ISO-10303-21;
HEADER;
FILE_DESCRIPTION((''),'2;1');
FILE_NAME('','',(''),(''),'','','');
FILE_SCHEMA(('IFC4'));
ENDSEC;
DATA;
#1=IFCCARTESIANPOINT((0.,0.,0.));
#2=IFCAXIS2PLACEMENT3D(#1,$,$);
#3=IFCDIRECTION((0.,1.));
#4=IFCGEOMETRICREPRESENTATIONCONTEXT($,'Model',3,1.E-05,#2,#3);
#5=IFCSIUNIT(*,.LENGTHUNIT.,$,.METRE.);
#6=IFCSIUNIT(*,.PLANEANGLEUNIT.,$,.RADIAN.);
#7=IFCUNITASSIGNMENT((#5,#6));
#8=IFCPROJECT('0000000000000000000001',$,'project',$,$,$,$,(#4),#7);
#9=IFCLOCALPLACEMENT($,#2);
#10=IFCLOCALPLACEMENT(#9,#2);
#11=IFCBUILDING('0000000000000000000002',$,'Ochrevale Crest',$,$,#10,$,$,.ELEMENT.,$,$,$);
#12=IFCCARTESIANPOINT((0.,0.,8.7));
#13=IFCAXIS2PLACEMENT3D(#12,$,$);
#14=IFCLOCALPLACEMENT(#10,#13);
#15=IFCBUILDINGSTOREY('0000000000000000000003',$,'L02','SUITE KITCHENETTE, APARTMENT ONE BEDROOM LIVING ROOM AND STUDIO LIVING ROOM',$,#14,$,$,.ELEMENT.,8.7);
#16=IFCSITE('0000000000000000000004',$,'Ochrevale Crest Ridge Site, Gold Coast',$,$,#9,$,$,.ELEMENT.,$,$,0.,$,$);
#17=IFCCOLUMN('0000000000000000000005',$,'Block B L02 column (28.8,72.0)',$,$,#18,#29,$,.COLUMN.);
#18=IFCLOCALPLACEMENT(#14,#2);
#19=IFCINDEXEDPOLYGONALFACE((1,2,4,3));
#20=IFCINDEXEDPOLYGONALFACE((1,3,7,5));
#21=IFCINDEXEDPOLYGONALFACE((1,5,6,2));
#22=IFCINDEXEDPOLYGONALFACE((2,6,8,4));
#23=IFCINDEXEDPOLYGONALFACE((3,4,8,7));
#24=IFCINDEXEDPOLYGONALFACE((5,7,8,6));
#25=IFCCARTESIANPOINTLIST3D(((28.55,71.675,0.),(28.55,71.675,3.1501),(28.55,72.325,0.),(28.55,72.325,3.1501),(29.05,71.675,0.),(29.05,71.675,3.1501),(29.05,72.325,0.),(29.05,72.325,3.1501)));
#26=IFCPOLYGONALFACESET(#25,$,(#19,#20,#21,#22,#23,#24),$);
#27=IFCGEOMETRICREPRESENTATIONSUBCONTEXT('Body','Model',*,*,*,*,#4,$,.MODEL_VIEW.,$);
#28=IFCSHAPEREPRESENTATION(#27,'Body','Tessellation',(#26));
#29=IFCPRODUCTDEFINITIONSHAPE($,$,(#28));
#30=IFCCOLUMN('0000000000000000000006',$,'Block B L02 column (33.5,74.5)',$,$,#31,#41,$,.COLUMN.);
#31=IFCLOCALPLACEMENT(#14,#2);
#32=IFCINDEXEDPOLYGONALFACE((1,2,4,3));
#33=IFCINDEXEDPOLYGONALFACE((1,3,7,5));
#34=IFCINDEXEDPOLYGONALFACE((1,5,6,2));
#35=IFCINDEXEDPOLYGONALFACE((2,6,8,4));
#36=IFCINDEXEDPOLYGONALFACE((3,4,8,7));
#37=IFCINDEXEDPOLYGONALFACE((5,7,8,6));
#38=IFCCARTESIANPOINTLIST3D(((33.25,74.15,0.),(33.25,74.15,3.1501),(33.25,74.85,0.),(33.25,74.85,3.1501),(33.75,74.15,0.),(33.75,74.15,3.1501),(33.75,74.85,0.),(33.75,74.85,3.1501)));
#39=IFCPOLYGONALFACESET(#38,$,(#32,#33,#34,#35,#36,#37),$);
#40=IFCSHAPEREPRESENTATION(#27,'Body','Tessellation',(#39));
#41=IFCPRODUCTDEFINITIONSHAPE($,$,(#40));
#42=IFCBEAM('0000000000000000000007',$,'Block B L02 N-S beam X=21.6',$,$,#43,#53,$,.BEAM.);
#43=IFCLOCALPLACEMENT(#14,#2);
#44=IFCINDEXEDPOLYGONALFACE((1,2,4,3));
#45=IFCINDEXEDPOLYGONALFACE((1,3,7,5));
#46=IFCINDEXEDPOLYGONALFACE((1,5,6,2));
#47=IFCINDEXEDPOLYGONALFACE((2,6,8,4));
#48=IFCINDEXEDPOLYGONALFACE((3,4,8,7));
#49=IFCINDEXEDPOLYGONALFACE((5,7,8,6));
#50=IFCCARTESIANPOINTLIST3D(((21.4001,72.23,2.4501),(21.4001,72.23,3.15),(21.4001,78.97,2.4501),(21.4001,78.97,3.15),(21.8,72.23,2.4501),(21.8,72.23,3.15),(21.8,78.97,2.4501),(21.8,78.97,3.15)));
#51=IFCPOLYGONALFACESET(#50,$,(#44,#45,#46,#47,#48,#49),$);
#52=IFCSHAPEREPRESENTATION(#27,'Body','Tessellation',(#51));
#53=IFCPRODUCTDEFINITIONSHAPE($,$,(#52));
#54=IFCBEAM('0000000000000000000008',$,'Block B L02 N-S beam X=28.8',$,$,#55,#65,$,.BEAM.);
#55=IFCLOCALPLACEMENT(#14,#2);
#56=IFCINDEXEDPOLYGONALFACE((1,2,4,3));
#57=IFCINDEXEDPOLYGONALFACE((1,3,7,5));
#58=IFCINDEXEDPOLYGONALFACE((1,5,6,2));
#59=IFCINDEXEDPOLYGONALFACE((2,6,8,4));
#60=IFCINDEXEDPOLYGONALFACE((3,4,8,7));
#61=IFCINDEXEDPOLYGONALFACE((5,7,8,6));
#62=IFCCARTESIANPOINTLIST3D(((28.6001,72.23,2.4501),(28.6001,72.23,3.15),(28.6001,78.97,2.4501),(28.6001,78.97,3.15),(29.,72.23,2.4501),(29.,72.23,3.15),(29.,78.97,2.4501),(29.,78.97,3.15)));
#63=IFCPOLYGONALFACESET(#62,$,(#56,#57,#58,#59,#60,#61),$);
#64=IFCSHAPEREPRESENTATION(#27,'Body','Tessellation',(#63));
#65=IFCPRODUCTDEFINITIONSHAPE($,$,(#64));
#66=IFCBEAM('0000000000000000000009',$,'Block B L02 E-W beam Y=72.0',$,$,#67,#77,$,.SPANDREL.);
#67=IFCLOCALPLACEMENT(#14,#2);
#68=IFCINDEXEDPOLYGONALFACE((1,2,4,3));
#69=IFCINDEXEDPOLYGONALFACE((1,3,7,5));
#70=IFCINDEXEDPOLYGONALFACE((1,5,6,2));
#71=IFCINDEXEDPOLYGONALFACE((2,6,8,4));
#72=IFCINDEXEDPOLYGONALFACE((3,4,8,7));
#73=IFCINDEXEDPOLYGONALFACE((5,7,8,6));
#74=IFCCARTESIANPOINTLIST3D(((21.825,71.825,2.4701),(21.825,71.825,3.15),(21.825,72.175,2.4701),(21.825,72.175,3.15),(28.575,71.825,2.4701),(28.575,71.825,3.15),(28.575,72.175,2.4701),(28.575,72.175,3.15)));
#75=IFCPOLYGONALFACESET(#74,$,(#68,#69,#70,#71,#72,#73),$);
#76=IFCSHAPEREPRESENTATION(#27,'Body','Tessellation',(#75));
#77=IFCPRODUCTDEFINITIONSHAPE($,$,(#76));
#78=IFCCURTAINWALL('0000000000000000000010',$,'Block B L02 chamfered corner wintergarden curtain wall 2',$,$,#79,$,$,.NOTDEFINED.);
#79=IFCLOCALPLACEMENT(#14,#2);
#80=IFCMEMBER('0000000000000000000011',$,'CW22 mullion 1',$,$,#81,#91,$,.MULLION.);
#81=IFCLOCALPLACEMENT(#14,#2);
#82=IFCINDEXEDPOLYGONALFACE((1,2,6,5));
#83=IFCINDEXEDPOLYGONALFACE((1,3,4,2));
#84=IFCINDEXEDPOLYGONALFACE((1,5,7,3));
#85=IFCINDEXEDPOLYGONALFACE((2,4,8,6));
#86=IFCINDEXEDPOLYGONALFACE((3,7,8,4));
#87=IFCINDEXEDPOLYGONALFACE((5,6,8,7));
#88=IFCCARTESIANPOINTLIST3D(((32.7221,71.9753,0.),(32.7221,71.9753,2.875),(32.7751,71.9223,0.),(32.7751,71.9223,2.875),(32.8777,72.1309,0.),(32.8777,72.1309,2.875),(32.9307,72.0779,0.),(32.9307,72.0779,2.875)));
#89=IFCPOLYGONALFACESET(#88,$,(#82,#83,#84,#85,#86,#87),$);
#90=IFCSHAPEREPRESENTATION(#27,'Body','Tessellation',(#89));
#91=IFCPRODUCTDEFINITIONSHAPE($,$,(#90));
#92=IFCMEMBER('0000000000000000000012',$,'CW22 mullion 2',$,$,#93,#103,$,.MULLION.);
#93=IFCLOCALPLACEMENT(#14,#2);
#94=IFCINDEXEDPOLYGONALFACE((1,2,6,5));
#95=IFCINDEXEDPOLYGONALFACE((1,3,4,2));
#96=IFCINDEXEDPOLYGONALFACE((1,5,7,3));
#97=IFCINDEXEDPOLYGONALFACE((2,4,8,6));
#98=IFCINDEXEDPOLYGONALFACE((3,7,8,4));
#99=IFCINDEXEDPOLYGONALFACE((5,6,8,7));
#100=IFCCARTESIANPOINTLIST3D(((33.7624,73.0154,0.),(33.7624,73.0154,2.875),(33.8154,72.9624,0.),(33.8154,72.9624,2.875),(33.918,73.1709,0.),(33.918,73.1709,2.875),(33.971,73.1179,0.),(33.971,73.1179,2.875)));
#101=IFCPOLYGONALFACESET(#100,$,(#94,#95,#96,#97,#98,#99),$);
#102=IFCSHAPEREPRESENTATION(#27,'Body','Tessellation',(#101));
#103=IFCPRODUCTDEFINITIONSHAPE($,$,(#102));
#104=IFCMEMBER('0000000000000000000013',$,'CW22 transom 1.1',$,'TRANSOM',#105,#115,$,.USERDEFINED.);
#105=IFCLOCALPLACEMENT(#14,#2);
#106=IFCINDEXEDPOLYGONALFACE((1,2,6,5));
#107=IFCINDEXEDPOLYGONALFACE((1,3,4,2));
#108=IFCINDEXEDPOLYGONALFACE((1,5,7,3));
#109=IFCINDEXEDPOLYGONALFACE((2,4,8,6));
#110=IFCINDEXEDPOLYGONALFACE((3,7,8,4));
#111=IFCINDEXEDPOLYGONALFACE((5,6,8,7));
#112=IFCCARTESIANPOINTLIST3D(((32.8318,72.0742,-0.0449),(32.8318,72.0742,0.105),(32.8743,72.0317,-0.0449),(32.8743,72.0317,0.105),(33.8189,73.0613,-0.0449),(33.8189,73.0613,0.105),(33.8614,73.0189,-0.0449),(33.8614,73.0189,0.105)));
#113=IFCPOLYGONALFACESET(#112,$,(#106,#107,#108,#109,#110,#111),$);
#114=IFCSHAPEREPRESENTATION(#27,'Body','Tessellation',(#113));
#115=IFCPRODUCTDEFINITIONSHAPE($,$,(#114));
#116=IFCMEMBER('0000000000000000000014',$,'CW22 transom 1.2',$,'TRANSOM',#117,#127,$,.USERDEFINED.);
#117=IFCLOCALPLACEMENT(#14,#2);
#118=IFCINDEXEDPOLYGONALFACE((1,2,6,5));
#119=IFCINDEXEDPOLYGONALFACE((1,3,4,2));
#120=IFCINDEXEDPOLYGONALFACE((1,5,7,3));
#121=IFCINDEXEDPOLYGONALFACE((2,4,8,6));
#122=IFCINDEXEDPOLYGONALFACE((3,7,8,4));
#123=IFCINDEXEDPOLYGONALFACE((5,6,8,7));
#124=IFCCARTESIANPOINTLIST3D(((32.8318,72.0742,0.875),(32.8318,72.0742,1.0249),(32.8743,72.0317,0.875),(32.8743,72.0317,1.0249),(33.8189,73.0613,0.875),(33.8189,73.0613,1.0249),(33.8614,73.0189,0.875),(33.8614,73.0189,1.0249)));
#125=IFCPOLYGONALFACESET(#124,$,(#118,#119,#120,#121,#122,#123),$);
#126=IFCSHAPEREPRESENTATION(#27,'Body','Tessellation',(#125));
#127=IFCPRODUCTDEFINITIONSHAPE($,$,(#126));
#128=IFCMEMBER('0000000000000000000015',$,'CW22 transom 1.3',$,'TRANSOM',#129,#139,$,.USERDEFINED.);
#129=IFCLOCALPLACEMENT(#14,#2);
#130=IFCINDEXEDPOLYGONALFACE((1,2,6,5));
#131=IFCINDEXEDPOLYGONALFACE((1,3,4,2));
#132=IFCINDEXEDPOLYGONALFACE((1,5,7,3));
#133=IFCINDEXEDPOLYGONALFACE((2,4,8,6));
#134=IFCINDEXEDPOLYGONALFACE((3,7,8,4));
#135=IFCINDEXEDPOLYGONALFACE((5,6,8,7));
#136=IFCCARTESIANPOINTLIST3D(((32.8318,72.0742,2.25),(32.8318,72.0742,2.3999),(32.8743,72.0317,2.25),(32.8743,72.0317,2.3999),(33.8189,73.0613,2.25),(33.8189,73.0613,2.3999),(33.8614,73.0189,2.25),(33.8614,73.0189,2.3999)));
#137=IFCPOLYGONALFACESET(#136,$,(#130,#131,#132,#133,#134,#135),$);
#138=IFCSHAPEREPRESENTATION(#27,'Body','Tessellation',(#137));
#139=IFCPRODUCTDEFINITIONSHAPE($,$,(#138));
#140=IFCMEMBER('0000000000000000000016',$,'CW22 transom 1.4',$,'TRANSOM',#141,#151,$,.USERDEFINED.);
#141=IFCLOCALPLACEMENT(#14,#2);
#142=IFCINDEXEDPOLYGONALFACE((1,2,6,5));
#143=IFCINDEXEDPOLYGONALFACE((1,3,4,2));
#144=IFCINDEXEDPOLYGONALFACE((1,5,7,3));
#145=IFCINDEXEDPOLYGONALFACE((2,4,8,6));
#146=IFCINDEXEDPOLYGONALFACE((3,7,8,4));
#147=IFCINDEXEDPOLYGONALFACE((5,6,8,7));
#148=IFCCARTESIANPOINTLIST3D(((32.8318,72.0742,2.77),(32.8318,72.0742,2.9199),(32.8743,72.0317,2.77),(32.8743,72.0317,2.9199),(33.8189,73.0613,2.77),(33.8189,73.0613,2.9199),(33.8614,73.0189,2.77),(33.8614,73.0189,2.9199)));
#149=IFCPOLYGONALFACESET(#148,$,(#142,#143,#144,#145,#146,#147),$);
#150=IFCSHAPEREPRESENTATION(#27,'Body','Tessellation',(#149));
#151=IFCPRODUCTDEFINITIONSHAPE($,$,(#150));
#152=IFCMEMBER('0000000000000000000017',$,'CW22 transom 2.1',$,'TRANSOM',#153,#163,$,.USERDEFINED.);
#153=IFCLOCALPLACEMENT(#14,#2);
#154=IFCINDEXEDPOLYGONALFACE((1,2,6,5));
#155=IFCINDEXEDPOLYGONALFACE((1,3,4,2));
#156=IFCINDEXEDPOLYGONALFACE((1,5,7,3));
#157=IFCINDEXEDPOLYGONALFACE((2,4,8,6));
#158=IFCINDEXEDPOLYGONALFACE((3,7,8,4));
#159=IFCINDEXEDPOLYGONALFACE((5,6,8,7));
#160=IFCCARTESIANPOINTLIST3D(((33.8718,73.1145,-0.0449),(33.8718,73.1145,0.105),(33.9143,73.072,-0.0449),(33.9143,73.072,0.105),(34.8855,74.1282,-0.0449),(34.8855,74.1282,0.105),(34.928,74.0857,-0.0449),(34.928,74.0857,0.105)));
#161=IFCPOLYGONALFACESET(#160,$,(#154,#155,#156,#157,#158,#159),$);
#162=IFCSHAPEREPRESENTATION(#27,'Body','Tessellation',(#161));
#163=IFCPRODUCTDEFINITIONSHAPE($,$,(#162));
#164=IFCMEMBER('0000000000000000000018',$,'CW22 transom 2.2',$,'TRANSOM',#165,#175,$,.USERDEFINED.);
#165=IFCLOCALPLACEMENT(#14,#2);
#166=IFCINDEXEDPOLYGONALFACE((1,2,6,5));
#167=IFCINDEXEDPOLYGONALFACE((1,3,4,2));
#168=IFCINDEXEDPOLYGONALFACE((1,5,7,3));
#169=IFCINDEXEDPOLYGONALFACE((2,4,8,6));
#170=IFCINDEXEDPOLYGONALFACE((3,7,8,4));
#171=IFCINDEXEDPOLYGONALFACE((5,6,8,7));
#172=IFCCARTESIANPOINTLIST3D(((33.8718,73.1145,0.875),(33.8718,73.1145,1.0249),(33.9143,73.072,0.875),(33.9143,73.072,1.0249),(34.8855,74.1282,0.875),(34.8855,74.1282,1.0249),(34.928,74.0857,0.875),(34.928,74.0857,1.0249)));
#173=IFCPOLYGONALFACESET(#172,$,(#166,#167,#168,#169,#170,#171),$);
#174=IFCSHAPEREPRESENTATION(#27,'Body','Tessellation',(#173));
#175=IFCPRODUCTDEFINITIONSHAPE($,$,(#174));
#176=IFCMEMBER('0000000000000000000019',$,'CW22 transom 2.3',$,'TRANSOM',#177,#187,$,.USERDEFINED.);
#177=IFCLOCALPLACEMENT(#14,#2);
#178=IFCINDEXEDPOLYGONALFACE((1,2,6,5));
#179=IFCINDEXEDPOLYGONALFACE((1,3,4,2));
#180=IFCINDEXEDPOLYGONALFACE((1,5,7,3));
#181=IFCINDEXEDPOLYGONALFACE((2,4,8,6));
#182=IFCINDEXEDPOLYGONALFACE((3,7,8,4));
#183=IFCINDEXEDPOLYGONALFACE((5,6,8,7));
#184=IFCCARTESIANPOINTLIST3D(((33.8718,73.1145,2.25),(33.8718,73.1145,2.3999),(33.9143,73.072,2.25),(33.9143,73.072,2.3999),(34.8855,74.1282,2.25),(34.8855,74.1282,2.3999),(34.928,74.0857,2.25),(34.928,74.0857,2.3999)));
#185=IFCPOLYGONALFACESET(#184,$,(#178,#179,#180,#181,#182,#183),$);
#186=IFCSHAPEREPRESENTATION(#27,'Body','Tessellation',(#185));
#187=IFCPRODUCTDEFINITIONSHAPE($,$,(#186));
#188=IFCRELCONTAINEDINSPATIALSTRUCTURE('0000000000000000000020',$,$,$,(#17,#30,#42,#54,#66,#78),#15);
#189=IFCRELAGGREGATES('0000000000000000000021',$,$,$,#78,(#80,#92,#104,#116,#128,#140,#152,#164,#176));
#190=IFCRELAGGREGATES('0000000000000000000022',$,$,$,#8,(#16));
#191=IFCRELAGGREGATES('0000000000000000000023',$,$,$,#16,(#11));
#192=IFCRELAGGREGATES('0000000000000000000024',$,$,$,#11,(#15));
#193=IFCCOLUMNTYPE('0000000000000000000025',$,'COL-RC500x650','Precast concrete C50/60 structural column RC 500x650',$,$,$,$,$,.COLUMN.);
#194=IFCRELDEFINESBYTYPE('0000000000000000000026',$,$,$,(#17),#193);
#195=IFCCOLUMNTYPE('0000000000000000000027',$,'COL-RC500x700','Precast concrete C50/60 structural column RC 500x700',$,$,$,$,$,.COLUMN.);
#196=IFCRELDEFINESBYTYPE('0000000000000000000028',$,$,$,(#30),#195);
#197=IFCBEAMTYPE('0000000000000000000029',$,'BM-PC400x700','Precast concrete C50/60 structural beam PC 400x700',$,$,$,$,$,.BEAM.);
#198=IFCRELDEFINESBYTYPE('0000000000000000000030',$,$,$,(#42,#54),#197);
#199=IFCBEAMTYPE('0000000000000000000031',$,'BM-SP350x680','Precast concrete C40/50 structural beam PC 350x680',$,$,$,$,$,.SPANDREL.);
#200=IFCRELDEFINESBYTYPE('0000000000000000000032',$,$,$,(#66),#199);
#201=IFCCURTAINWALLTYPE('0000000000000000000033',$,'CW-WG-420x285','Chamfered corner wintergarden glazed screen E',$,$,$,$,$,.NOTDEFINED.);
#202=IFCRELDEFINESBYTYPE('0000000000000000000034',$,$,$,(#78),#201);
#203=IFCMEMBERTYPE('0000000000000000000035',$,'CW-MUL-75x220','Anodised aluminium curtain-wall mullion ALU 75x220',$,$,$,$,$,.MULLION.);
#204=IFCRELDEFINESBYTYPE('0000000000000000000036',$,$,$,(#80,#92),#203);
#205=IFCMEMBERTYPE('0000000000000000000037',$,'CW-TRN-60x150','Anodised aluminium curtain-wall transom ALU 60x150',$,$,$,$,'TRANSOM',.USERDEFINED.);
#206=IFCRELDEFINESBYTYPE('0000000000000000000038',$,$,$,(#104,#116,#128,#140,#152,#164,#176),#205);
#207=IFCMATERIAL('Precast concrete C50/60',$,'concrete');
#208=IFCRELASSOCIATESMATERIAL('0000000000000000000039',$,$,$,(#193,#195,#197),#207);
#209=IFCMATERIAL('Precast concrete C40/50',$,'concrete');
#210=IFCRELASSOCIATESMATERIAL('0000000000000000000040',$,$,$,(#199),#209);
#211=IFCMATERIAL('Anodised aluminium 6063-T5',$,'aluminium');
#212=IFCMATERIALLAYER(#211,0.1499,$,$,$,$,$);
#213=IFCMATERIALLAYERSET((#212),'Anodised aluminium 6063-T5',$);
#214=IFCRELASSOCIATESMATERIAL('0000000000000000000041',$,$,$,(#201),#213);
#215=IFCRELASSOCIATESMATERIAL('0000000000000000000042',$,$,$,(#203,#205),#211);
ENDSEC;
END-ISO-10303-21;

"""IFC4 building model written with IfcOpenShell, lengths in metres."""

from ifc_helpers import new_model, si_unit, direction, frame, origin, origin_2d, place, context, subcontext, project, spatial, rectangle, extrude, material, layer, layer_set, material_profile, profile_set, type_object, element, aggregate, save


model = new_model("IFC4")

# Units and contexts
model_context = context("Model", 3, precision=1e-05, world=origin(), true_north=direction((0.0, 1.0)))
body_context = subcontext(model_context, "Body", "Model", "MODEL_VIEW")
ifc_project = project(units=[si_unit("LENGTHUNIT", "METRE"), si_unit("PLANEANGLEUNIT", "RADIAN")], contexts=[model_context])

# Site, building, storey
site_placement = place(None, origin())
site = spatial("IfcSite", under=ifc_project, at=site_placement, Name="Ochrevale Crest Ridge Site, Gold Coast", CompositionType="ELEMENT", RefElevation=0.0)
building_placement = place(site_placement, origin())
building = spatial("IfcBuilding", under=site, at=building_placement, Name="Ochrevale Crest", CompositionType="ELEMENT")
storey_placement = place(building_placement, frame((0.0, 0.0, 8.7)))
storey = spatial("IfcBuildingStorey", under=building, at=storey_placement, Name="L02", Description="SUITE KITCHENETTE, APARTMENT ONE BEDROOM LIVING ROOM AND STUDIO LIVING ROOM", CompositionType="ELEMENT", Elevation=8.7)

# Columns
ifc_material_1 = material(Name="Precast concrete C50/60", Category="concrete")
ifc_material_profile_1 = material_profile(ifc_material_1, rectangle(XDim=0.5, YDim=0.6499, at=origin_2d()), Name="RC 500x650")
ifc_profile_set_1 = profile_set([ifc_material_profile_1], Name="Precast concrete C50/60")
column_type_1 = type_object("IfcColumnType", Name="COL-RC500x650", Description="Precast concrete C50/60 structural column RC 500x650", PredefinedType="COLUMN", material=ifc_profile_set_1)
column_1_placement = place(storey_placement, frame((28.8, 72.0, 0.0), z_axis=(0.0, 0.0, 1.0), x_axis=(1.0, 0.0, 0.0)))
element("IfcColumn", 1, at=column_1_placement, inside=storey, type_object=column_type_1, Name="Block B L02 column (28.8,72.0)", PredefinedType="COLUMN", context=body_context, shape_type="SweptSolid", body=[
    extrude(rectangle(XDim=0.5, YDim=0.6499, at=origin_2d()), origin(), (0.0, 0.0, 1.0), 3.1501),
])
ifc_material_profile_2 = material_profile(ifc_material_1, rectangle(XDim=0.5, YDim=0.7, at=origin_2d()), Name="RC 500x700")
ifc_profile_set_2 = profile_set([ifc_material_profile_2], Name="Precast concrete C50/60")
column_type_2 = type_object("IfcColumnType", Name="COL-RC500x700", Description="Precast concrete C50/60 structural column RC 500x700", PredefinedType="COLUMN", material=ifc_profile_set_2)
column_2_placement = place(storey_placement, frame((33.5, 74.5, 0.0), z_axis=(0.0, 0.0, 1.0), x_axis=(1.0, 0.0, 0.0)))
element("IfcColumn", 2, at=column_2_placement, inside=storey, type_object=column_type_2, Name="Block B L02 column (33.5,74.5)", PredefinedType="COLUMN", context=body_context, shape_type="SweptSolid", body=[
    extrude(rectangle(XDim=0.5, YDim=0.7, at=origin_2d()), origin(), (0.0, 0.0, 1.0), 3.1501),
])

# Beams
ifc_material_profile_3 = material_profile(ifc_material_1, rectangle(XDim=0.3999, YDim=0.7, at=origin_2d()), Name="PC 400x700")
ifc_profile_set_3 = profile_set([ifc_material_profile_3], Name="Precast concrete C50/60")
beam_type_1 = type_object("IfcBeamType", Name="BM-PC400x700", Description="Precast concrete C50/60 structural beam PC 400x700", PredefinedType="BEAM", material=ifc_profile_set_3)
for number, where, z_axis, x_axis, name in (
    (3, (21.6001, 72.23, 2.8), (0.0, 1.0, 0.0), (-1.0, 0.0, 0.0), "Block B L02 N-S beam X=21.6"),
    (4, (28.8, 72.23, 2.8), (0.0, 1.0, 0.0), (-1.0, 0.0, 0.0), "Block B L02 N-S beam X=28.8"),
):
    element("IfcBeam", number, at=place(storey_placement, frame(where, z_axis=z_axis, x_axis=x_axis)), inside=storey, type_object=beam_type_1, Name=name, PredefinedType="BEAM", context=body_context, shape_type="SweptSolid", body=[
        extrude(rectangle(XDim=0.3999, YDim=0.7, at=origin_2d()), origin(), (0.0, 0.0, 1.0), 6.74),
    ])
ifc_material_2 = material(Name="Precast concrete C40/50", Category="concrete")
ifc_material_profile_4 = material_profile(ifc_material_2, rectangle(XDim=0.3501, YDim=0.6799, at=origin_2d()), Name="PC 350x680")
ifc_profile_set_4 = profile_set([ifc_material_profile_4], Name="Precast concrete C40/50")
beam_type_2 = type_object("IfcBeamType", Name="BM-SP350x680", Description="Precast concrete C40/50 structural beam PC 350x680", PredefinedType="SPANDREL", material=ifc_profile_set_4)
beam_placement = place(storey_placement, frame((21.825, 72.0, 2.8101), z_axis=(1.0, 0.0, 0.0), x_axis=(0.0, 1.0, 0.0)))
element("IfcBeam", 5, at=beam_placement, inside=storey, type_object=beam_type_2, Name="Block B L02 E-W beam Y=72.0", PredefinedType="SPANDREL", context=body_context, shape_type="SweptSolid", body=[
    extrude(rectangle(XDim=0.3501, YDim=0.6799, at=origin_2d()), origin(), (0.0, 0.0, 1.0), 6.75),
])

# Curtain wall, members
ifc_material_3 = material(Name="Anodised aluminium 6063-T5", Category="aluminium")
ifc_layer_1 = layer(ifc_material_3, 0.1499)
ifc_layer_set_1 = layer_set([ifc_layer_1], Name="Anodised aluminium 6063-T5")
curtain_wall_type = type_object("IfcCurtainWallType", Name="CW-WG-420x285", Description="Chamfered corner wintergarden glazed screen E", PredefinedType="NOTDEFINED", material=ifc_layer_set_1)
curtain_wall_placement = place(storey_placement, origin())
curtain_wall = element("IfcCurtainWall", 6, at=curtain_wall_placement, inside=storey, type_object=curtain_wall_type, Name="Block B L02 chamfered corner wintergarden curtain wall 2", PredefinedType="NOTDEFINED")
ifc_material_profile_5 = material_profile(ifc_material_3, rectangle(XDim=0.075, YDim=0.22, at=origin_2d()), Name="ALU 75x220")
ifc_profile_set_5 = profile_set([ifc_material_profile_5], Name="Anodised aluminium 6063-T5")
member_type_1 = type_object("IfcMemberType", Name="CW-MUL-75x220", Description="Anodised aluminium curtain-wall mullion ALU 75x220", PredefinedType="MULLION", material=ifc_profile_set_5)
member_1_placement = place(storey_placement, frame((32.8264, 72.0266, 0.0), z_axis=(0.0, 0.0, 1.0), x_axis=(-0.707107, 0.707107, 0.0)))
member_1 = element("IfcMember", 7, at=member_1_placement, type_object=member_type_1, Name="CW22 mullion 1", PredefinedType="MULLION", context=body_context, shape_type="SweptSolid", body=[
    extrude(rectangle(XDim=0.075, YDim=0.22, at=origin_2d()), origin(), (0.0, 0.0, 1.0), 2.875),
])
member_2_placement = place(storey_placement, frame((33.8667, 73.0667, 0.0), z_axis=(0.0, 0.0, 1.0), x_axis=(-0.707107, 0.707107, 0.0)))
member_2 = element("IfcMember", 8, at=member_2_placement, type_object=member_type_1, Name="CW22 mullion 2", PredefinedType="MULLION", context=body_context, shape_type="SweptSolid", body=[
    extrude(rectangle(XDim=0.075, YDim=0.22, at=origin_2d()), origin(), (0.0, 0.0, 1.0), 2.875),
])
ifc_material_profile_6 = material_profile(ifc_material_3, rectangle(XDim=0.0601, YDim=0.1499, at=origin_2d()), Name="ALU 60x150")
ifc_profile_set_6 = profile_set([ifc_material_profile_6], Name="Anodised aluminium 6063-T5")
member_type_2 = type_object("IfcMemberType", Name="CW-TRN-60x150", Description="Anodised aluminium curtain-wall transom ALU 60x150", ElementType="TRANSOM", PredefinedType="USERDEFINED", material=ifc_profile_set_6)
member_3_placement = place(storey_placement, frame((32.853, 72.053, 0.03), z_axis=(0.707107, 0.707107, 0.0), x_axis=(-0.707107, 0.707107, 0.0)))
member_3 = element("IfcMember", 9, at=member_3_placement, type_object=member_type_2, Name="CW22 transom 1.1", ObjectType="TRANSOM", PredefinedType="USERDEFINED", context=body_context, shape_type="SweptSolid", body=[
    extrude(rectangle(XDim=0.0601, YDim=0.1499, at=origin_2d()), origin(), (0.0, 0.0, 1.0), 1.396),
])
member_4_placement = place(storey_placement, frame((32.853, 72.053, 0.95), z_axis=(0.707107, 0.707107, 0.0), x_axis=(-0.707107, 0.707107, 0.0)))
member_4 = element("IfcMember", 10, at=member_4_placement, type_object=member_type_2, Name="CW22 transom 1.2", ObjectType="TRANSOM", PredefinedType="USERDEFINED", context=body_context, shape_type="SweptSolid", body=[
    extrude(rectangle(XDim=0.0601, YDim=0.1499, at=origin_2d()), origin(), (0.0, 0.0, 1.0), 1.396),
])
member_5_placement = place(storey_placement, frame((32.853, 72.053, 2.325), z_axis=(0.707107, 0.707107, 0.0), x_axis=(-0.707107, 0.707107, 0.0)))
member_5 = element("IfcMember", 11, at=member_5_placement, type_object=member_type_2, Name="CW22 transom 1.3", ObjectType="TRANSOM", PredefinedType="USERDEFINED", context=body_context, shape_type="SweptSolid", body=[
    extrude(rectangle(XDim=0.0601, YDim=0.1499, at=origin_2d()), origin(), (0.0, 0.0, 1.0), 1.396),
])
member_6_placement = place(storey_placement, frame((32.853, 72.053, 2.845), z_axis=(0.707107, 0.707107, 0.0), x_axis=(-0.707107, 0.707107, 0.0)))
member_6 = element("IfcMember", 12, at=member_6_placement, type_object=member_type_2, Name="CW22 transom 1.4", ObjectType="TRANSOM", PredefinedType="USERDEFINED", context=body_context, shape_type="SweptSolid", body=[
    extrude(rectangle(XDim=0.0601, YDim=0.1499, at=origin_2d()), origin(), (0.0, 0.0, 1.0), 1.396),
])
member_7_placement = place(storey_placement, frame((33.8931, 73.0933, 0.03), z_axis=(0.707107, 0.707107, 0.0), x_axis=(-0.707107, 0.707107, 0.0)))
member_7 = element("IfcMember", 13, at=member_7_placement, type_object=member_type_2, Name="CW22 transom 2.1", ObjectType="TRANSOM", PredefinedType="USERDEFINED", context=body_context, shape_type="SweptSolid", body=[
    extrude(rectangle(XDim=0.0601, YDim=0.1499, at=origin_2d()), origin(), (0.0, 0.0, 1.0), 1.4336),
])
member_8_placement = place(storey_placement, frame((33.8931, 73.0933, 0.95), z_axis=(0.707107, 0.707107, 0.0), x_axis=(-0.707107, 0.707107, 0.0)))
member_8 = element("IfcMember", 14, at=member_8_placement, type_object=member_type_2, Name="CW22 transom 2.2", ObjectType="TRANSOM", PredefinedType="USERDEFINED", context=body_context, shape_type="SweptSolid", body=[
    extrude(rectangle(XDim=0.0601, YDim=0.1499, at=origin_2d()), origin(), (0.0, 0.0, 1.0), 1.4336),
])
member_9_placement = place(storey_placement, frame((33.8931, 73.0933, 2.325), z_axis=(0.707107, 0.707107, 0.0), x_axis=(-0.707107, 0.707107, 0.0)))
member_9 = element("IfcMember", 15, at=member_9_placement, type_object=member_type_2, Name="CW22 transom 2.3", ObjectType="TRANSOM", PredefinedType="USERDEFINED", context=body_context, shape_type="SweptSolid", body=[
    extrude(rectangle(XDim=0.0601, YDim=0.1499, at=origin_2d()), origin(), (0.0, 0.0, 1.0), 1.4336),
])
aggregate(curtain_wall, [member_1, member_2, member_3, member_4, member_5, member_6, member_7, member_8, member_9])

save(model, "model.ifc")
